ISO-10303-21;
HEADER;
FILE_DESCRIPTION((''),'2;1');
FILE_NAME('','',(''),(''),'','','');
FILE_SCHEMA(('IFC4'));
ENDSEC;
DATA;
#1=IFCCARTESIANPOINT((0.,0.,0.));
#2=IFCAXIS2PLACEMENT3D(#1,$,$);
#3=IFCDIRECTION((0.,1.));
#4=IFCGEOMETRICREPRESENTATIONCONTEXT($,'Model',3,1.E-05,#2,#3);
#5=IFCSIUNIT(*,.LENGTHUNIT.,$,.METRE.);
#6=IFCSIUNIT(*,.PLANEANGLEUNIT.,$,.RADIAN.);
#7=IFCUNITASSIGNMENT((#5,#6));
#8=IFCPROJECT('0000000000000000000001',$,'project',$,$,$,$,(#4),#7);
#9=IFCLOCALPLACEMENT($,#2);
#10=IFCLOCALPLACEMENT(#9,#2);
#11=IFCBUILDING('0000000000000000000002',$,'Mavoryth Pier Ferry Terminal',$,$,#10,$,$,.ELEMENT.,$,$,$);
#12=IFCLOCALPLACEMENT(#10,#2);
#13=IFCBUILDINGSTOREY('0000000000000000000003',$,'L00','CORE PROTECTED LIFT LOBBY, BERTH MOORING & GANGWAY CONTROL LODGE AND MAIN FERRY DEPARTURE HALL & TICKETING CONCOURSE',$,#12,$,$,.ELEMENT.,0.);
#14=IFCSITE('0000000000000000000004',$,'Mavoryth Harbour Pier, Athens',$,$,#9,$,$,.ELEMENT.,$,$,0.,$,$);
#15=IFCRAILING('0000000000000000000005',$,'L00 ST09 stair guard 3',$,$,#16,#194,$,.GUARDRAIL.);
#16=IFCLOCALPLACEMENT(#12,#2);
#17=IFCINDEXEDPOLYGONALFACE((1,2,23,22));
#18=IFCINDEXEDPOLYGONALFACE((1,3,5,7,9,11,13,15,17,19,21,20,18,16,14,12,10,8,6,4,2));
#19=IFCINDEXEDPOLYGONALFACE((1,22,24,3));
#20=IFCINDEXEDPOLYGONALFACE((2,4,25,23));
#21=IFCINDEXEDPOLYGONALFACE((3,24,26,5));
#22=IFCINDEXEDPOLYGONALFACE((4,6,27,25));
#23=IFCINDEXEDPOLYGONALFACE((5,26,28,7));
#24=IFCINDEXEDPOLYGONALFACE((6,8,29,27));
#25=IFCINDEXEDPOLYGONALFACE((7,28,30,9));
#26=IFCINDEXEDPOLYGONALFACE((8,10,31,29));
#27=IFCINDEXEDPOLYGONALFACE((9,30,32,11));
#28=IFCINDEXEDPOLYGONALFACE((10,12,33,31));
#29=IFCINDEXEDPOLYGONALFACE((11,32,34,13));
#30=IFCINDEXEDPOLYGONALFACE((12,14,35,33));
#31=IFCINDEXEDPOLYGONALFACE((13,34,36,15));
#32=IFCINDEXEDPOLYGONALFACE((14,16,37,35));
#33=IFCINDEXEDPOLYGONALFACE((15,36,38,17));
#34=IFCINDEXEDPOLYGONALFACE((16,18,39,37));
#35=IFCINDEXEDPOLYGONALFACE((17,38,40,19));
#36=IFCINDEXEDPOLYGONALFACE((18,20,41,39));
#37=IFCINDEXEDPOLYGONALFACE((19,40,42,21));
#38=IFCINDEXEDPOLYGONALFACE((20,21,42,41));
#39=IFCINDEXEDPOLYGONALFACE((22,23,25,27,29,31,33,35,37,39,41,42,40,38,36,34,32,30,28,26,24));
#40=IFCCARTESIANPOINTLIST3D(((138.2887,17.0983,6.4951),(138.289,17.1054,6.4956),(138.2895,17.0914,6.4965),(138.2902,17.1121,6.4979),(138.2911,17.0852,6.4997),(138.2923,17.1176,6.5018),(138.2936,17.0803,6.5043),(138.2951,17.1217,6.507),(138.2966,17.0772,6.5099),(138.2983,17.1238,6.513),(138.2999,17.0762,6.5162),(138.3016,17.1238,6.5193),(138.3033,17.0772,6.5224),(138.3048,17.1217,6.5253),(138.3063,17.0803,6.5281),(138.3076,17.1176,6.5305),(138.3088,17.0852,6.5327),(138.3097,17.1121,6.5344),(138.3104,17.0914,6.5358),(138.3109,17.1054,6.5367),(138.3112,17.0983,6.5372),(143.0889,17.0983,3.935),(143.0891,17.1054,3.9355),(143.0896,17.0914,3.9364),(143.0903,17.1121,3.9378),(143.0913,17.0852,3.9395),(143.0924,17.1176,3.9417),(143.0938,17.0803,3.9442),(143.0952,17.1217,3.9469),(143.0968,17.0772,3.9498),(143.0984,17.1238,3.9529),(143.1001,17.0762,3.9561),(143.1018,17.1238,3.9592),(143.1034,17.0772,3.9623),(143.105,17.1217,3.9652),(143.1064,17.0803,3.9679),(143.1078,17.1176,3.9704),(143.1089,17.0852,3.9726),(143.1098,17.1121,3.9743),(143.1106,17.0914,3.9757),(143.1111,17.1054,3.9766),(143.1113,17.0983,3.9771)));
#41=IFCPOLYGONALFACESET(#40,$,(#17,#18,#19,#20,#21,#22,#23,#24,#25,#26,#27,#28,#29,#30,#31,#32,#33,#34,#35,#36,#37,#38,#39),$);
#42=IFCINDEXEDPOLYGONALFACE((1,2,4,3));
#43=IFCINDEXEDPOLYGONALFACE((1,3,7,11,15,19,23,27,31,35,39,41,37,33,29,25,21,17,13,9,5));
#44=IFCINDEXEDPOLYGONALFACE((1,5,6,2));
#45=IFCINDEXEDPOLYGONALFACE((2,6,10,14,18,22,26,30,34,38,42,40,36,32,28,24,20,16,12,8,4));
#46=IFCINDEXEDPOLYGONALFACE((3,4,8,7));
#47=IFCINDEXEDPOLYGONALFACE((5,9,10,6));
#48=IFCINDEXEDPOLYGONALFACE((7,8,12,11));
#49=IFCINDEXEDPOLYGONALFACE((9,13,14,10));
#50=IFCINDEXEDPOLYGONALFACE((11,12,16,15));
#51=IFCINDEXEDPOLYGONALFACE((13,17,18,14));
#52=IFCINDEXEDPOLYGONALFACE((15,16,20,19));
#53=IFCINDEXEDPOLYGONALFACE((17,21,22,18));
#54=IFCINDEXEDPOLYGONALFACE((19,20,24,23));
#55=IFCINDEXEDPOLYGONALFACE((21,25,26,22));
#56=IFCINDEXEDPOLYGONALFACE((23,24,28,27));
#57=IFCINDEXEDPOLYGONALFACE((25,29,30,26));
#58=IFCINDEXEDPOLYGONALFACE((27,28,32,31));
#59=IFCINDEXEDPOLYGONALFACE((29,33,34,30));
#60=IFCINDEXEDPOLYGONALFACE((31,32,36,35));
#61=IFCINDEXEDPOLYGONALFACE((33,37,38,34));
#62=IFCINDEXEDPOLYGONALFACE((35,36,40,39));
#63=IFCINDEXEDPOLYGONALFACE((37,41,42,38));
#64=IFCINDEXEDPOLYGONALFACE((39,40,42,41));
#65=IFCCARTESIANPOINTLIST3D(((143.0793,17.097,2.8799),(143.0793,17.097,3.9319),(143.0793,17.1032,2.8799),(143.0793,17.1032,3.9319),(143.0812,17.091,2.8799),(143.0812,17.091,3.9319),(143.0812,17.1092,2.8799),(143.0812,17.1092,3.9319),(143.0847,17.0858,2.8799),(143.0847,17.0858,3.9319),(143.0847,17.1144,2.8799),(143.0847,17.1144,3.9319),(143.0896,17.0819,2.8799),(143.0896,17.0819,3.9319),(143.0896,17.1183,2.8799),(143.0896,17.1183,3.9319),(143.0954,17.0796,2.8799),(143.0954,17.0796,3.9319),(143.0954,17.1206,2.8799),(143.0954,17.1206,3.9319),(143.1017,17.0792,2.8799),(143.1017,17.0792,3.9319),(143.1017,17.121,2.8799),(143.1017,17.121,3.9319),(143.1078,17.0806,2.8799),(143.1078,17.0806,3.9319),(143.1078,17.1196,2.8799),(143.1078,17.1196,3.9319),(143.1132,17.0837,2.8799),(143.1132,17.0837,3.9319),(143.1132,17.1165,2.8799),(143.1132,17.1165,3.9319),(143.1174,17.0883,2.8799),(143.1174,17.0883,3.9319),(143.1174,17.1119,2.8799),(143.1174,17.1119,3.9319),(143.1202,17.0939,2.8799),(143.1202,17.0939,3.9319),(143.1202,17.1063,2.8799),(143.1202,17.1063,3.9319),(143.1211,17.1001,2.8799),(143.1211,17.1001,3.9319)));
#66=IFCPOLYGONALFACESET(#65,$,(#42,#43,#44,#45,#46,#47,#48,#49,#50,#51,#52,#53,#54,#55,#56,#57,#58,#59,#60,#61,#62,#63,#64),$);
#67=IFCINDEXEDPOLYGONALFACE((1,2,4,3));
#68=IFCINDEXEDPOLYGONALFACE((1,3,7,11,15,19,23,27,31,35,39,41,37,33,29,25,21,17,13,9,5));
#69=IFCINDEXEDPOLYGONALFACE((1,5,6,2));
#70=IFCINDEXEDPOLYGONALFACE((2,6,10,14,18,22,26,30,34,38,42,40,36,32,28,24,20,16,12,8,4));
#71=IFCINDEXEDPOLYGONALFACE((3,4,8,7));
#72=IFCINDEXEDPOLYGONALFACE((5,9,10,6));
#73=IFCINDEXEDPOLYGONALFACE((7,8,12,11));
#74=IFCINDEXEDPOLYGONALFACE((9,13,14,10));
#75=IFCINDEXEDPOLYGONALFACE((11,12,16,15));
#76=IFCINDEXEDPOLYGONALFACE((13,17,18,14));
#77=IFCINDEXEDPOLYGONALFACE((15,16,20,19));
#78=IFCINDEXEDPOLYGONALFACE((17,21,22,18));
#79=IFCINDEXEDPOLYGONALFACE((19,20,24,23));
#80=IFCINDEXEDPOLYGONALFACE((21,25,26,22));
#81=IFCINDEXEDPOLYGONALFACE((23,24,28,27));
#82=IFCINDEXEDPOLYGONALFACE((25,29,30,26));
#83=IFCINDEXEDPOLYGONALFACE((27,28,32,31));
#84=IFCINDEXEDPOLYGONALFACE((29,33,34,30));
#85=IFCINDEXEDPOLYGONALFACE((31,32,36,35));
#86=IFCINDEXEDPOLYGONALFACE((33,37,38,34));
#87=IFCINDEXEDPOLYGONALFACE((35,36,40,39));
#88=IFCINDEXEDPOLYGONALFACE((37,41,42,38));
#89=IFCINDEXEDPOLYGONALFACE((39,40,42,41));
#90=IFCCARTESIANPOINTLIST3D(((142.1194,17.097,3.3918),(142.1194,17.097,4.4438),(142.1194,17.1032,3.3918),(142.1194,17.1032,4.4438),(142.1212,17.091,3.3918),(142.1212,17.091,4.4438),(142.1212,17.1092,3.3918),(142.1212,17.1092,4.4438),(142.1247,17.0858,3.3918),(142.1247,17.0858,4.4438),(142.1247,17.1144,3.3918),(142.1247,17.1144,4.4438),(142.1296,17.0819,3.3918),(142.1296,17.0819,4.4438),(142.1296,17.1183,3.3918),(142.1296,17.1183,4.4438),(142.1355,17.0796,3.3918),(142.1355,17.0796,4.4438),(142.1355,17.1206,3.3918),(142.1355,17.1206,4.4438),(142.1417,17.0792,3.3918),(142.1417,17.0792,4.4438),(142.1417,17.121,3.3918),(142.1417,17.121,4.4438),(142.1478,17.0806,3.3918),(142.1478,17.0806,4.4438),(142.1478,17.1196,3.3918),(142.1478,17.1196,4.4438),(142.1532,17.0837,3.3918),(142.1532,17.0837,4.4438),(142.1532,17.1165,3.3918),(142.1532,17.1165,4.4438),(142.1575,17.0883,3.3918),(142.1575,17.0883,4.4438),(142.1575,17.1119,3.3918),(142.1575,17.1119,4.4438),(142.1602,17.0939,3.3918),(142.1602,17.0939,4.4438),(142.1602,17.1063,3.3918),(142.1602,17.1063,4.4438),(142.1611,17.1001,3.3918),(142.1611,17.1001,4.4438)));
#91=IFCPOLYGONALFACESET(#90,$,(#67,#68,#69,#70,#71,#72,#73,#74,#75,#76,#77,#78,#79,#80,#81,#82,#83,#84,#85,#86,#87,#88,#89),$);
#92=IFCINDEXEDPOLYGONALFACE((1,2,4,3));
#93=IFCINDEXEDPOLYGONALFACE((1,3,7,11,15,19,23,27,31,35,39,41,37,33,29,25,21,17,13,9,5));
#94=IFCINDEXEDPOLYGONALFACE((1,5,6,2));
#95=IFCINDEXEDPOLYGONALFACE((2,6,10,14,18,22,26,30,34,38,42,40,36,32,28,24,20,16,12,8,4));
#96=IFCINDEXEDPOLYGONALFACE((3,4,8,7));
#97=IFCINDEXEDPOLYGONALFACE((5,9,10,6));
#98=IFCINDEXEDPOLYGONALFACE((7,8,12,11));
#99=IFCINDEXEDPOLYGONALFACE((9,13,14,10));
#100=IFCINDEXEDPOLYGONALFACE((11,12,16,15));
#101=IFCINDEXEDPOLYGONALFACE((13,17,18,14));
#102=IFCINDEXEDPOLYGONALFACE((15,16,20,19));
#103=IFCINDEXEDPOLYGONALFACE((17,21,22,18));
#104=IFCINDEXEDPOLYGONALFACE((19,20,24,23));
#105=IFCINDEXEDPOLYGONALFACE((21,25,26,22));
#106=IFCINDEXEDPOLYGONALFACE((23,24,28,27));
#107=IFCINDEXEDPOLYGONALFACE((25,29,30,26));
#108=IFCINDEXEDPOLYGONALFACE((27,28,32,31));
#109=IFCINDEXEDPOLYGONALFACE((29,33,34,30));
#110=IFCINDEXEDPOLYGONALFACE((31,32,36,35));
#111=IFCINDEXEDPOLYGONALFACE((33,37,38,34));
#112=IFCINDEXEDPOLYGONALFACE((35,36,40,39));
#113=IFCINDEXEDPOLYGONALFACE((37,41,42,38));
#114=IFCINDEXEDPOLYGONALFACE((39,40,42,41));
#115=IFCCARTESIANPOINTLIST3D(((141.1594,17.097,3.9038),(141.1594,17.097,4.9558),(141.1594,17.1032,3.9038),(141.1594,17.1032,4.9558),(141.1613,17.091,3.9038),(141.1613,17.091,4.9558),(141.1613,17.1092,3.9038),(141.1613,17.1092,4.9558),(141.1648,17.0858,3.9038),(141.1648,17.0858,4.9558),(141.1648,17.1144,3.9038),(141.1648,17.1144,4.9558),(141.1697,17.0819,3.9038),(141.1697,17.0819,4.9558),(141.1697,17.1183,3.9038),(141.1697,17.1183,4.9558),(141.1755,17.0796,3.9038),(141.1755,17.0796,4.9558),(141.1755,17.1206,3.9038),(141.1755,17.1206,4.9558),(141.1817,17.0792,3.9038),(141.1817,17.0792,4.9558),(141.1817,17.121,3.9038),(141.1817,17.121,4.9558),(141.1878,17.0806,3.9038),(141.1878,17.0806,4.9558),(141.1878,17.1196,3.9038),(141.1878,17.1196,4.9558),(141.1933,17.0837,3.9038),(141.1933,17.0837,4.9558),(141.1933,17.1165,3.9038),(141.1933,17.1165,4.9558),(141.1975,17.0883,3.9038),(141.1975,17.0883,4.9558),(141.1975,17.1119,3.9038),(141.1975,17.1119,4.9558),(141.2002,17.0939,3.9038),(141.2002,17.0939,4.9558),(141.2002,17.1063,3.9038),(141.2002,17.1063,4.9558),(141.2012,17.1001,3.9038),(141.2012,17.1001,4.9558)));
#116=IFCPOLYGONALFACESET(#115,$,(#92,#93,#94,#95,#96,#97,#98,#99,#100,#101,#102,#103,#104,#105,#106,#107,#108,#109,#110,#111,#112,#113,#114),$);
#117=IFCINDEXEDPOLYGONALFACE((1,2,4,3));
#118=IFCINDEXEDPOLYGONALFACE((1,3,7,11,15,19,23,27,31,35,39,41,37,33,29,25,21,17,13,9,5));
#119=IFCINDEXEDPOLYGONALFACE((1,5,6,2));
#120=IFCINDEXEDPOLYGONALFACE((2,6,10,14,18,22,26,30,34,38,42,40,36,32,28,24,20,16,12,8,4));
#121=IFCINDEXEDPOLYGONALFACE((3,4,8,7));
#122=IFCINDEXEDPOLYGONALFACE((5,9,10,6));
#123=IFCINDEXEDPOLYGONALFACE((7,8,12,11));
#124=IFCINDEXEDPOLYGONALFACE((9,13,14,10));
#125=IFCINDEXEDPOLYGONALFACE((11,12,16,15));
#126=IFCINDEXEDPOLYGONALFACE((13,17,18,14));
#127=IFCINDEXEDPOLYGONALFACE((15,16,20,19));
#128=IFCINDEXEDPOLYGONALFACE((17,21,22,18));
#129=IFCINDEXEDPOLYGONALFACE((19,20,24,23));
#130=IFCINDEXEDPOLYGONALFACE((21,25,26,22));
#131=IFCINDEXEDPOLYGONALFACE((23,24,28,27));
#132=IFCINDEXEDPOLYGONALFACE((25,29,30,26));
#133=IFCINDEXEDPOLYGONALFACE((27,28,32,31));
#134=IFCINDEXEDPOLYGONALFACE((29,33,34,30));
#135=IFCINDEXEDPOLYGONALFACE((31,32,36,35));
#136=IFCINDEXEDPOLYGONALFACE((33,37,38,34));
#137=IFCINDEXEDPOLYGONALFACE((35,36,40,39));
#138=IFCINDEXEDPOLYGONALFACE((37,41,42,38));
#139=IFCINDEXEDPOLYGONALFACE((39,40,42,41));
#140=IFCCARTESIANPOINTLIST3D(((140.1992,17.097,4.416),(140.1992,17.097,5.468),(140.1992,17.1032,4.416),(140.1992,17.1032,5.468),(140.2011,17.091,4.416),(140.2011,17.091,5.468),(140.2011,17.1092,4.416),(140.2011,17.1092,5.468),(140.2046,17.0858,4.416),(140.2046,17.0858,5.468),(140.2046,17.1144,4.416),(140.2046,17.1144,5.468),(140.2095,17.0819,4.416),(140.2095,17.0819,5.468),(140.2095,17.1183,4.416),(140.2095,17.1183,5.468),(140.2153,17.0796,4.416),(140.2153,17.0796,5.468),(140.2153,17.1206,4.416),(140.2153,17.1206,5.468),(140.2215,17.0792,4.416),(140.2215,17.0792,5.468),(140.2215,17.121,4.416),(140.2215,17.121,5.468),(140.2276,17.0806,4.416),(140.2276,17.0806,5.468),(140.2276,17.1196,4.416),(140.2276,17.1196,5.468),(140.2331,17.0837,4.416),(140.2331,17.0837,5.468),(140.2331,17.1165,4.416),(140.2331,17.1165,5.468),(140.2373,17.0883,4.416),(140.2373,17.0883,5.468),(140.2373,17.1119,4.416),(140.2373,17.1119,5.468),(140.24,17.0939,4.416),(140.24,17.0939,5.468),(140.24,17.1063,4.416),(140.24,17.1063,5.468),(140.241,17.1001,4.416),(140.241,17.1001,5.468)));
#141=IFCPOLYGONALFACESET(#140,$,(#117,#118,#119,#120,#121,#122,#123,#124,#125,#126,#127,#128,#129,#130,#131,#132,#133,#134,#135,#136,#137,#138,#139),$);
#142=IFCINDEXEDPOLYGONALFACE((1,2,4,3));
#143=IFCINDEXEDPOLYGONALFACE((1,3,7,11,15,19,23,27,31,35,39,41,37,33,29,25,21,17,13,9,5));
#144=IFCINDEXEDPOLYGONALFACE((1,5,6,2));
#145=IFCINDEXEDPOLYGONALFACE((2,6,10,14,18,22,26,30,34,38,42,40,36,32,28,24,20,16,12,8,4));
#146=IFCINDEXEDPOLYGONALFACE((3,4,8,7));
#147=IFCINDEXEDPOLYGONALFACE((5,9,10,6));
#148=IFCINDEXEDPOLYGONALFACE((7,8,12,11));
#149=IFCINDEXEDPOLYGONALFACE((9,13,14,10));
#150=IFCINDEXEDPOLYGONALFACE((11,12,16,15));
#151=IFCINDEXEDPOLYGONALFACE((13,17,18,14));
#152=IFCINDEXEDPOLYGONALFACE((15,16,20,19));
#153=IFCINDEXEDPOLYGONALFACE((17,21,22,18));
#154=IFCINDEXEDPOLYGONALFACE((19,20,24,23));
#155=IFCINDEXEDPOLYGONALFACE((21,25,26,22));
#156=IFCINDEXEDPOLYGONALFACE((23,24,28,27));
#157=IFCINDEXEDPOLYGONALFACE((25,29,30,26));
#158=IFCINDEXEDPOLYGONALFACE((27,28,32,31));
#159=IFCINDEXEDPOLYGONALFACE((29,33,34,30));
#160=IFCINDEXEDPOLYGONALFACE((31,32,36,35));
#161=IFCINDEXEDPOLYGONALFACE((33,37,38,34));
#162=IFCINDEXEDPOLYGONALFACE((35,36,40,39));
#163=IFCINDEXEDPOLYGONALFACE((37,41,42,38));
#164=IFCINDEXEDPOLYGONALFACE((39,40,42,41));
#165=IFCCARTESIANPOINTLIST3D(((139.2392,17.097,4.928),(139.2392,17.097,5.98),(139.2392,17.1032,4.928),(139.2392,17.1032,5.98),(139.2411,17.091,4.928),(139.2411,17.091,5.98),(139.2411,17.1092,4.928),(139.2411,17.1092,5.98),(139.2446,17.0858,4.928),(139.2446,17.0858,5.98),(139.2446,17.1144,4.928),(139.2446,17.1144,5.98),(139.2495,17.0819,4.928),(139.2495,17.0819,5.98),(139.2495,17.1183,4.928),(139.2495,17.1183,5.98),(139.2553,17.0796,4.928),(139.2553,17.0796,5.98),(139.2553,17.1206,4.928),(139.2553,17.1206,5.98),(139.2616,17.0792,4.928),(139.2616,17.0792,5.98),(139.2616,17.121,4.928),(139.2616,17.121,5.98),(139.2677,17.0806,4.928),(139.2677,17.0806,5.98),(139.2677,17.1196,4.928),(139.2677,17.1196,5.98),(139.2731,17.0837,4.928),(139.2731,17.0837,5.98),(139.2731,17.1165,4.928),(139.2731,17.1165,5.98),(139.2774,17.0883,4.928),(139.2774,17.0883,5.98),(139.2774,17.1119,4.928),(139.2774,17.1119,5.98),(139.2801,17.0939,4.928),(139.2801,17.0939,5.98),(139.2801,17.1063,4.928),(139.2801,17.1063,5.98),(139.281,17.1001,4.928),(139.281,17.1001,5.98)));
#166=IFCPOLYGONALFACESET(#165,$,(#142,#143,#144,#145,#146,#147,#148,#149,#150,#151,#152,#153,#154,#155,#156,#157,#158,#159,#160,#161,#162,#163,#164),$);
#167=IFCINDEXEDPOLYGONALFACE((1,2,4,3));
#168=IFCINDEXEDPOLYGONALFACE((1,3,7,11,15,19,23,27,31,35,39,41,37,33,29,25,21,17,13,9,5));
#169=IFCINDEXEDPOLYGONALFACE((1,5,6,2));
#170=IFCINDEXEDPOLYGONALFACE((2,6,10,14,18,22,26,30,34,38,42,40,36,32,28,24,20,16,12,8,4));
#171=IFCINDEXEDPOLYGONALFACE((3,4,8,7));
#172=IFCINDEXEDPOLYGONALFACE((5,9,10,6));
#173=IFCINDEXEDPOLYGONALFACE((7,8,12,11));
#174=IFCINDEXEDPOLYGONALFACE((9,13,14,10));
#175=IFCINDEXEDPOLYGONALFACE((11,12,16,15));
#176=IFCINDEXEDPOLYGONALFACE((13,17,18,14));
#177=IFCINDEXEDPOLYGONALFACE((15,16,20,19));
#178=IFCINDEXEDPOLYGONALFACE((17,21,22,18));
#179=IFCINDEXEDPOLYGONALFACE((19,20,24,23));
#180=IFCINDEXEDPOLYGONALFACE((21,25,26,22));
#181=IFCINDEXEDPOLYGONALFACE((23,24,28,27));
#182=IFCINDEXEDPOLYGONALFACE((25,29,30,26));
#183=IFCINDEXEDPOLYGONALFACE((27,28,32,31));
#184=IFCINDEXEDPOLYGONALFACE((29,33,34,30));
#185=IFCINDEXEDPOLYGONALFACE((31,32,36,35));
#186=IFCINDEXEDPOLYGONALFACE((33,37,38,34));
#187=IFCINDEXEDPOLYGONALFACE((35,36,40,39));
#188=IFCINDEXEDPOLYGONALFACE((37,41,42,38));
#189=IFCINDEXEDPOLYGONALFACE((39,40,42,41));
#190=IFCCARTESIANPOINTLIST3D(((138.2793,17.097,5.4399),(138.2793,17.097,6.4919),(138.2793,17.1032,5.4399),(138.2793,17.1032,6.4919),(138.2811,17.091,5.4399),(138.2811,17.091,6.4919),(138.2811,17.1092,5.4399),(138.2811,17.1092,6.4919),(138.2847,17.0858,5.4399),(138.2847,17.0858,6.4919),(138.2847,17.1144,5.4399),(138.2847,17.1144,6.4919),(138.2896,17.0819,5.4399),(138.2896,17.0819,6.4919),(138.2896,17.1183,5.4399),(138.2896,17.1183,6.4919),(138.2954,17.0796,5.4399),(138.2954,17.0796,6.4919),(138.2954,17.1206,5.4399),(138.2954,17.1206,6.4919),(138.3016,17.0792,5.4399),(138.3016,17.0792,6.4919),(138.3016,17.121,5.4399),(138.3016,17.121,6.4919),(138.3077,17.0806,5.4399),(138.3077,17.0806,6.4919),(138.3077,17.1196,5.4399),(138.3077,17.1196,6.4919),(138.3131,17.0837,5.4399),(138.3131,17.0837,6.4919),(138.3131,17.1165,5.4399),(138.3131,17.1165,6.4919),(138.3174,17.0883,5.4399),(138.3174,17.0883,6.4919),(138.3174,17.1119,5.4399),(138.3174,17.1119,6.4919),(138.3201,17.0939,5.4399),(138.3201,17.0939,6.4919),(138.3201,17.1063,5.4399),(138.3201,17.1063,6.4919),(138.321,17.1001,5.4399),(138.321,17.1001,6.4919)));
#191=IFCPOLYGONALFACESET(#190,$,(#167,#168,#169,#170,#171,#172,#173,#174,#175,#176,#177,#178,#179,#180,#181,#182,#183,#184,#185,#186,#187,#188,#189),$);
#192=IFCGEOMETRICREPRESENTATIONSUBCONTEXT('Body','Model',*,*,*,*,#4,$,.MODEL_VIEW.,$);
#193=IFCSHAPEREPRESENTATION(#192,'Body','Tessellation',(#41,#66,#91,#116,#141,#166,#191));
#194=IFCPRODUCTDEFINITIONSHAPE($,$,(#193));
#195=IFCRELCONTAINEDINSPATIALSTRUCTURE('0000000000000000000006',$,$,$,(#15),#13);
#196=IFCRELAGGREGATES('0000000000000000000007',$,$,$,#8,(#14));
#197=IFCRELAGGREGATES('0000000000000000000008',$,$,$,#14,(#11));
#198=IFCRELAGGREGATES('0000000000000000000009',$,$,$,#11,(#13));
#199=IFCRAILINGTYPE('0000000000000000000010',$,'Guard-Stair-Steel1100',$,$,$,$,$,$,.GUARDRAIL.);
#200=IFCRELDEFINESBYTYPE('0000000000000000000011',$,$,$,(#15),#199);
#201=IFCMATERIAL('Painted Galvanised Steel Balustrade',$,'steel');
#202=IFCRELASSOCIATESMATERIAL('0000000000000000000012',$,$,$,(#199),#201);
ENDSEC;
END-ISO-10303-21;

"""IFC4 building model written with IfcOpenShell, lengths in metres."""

from ifc_helpers import new_model, si_unit, direction, frame, origin, origin_2d, place, context, subcontext, project, spatial, circle, extrude, material, type_object, element, save


model = new_model("IFC4")

# Units and contexts
model_context = context("Model", 3, precision=1e-05, world=origin(), true_north=direction((0.0, 1.0)))
body_context = subcontext(model_context, "Body", "Model", "MODEL_VIEW")
ifc_project = project(units=[si_unit("LENGTHUNIT", "METRE"), si_unit("PLANEANGLEUNIT", "RADIAN")], contexts=[model_context])

# Site, building, storey
site_placement = place(None, origin())
site = spatial("IfcSite", under=ifc_project, at=site_placement, Name="Mavoryth Harbour Pier, Athens", CompositionType="ELEMENT", RefElevation=0.0)
building_placement = place(site_placement, origin())
building = spatial("IfcBuilding", under=site, at=building_placement, Name="Mavoryth Pier Ferry Terminal", CompositionType="ELEMENT")
storey_placement = place(building_placement, origin())
storey = spatial("IfcBuildingStorey", under=building, at=storey_placement, Name="L00", Description="CORE PROTECTED LIFT LOBBY, BERTH MOORING & GANGWAY CONTROL LODGE AND MAIN FERRY DEPARTURE HALL & TICKETING CONCOURSE", CompositionType="ELEMENT", Elevation=0.0)

# Railing
ifc_material_1 = material(Name="Painted Galvanised Steel Balustrade", Category="steel")
railing_type_1 = type_object("IfcRailingType", Name="Guard-Stair-Steel1100", PredefinedType="GUARDRAIL", material=ifc_material_1)
railing_1_placement = place(storey_placement, frame((143.1001, 17.1001, 2.8799)))
element("IfcRailing", 1, at=railing_1_placement, inside=storey, type_object=railing_type_1, Name="L00 ST09 stair guard 3", PredefinedType="GUARDRAIL", context=body_context, shape_type="SweptSolid", body=[
    extrude(circle(Radius=0.0239, at=origin_2d()), frame((0.0, 0.0, 1.0762), z_axis=(-0.88235, 0.0, 0.470593), x_axis=(0.0, -1.0, 0.0)), (0.0, 0.0, 1.0), 5.4402),
    extrude(circle(Radius=0.021, at=origin_2d()), origin(), (0.0, 0.0, 1.0), 1.052),
    extrude(circle(Radius=0.021, at=origin_2d()), frame((-0.96, 0.0, 0.512)), (0.0, 0.0, 1.0), 1.052),
    extrude(circle(Radius=0.021, at=origin_2d()), frame((-1.9199, 0.0, 1.0239)), (0.0, 0.0, 1.0), 1.052),
    extrude(circle(Radius=0.021, at=origin_2d()), frame((-2.8801, 0.0, 1.5361)), (0.0, 0.0, 1.0), 1.052),
    extrude(circle(Radius=0.021, at=origin_2d()), frame((-3.8401, 0.0, 2.0481)), (0.0, 0.0, 1.0), 1.052),
    extrude(circle(Radius=0.021, at=origin_2d()), frame((-4.8, 0.0, 2.5601)), (0.0, 0.0, 1.0), 1.052),
])

save(model, "model.ifc")
